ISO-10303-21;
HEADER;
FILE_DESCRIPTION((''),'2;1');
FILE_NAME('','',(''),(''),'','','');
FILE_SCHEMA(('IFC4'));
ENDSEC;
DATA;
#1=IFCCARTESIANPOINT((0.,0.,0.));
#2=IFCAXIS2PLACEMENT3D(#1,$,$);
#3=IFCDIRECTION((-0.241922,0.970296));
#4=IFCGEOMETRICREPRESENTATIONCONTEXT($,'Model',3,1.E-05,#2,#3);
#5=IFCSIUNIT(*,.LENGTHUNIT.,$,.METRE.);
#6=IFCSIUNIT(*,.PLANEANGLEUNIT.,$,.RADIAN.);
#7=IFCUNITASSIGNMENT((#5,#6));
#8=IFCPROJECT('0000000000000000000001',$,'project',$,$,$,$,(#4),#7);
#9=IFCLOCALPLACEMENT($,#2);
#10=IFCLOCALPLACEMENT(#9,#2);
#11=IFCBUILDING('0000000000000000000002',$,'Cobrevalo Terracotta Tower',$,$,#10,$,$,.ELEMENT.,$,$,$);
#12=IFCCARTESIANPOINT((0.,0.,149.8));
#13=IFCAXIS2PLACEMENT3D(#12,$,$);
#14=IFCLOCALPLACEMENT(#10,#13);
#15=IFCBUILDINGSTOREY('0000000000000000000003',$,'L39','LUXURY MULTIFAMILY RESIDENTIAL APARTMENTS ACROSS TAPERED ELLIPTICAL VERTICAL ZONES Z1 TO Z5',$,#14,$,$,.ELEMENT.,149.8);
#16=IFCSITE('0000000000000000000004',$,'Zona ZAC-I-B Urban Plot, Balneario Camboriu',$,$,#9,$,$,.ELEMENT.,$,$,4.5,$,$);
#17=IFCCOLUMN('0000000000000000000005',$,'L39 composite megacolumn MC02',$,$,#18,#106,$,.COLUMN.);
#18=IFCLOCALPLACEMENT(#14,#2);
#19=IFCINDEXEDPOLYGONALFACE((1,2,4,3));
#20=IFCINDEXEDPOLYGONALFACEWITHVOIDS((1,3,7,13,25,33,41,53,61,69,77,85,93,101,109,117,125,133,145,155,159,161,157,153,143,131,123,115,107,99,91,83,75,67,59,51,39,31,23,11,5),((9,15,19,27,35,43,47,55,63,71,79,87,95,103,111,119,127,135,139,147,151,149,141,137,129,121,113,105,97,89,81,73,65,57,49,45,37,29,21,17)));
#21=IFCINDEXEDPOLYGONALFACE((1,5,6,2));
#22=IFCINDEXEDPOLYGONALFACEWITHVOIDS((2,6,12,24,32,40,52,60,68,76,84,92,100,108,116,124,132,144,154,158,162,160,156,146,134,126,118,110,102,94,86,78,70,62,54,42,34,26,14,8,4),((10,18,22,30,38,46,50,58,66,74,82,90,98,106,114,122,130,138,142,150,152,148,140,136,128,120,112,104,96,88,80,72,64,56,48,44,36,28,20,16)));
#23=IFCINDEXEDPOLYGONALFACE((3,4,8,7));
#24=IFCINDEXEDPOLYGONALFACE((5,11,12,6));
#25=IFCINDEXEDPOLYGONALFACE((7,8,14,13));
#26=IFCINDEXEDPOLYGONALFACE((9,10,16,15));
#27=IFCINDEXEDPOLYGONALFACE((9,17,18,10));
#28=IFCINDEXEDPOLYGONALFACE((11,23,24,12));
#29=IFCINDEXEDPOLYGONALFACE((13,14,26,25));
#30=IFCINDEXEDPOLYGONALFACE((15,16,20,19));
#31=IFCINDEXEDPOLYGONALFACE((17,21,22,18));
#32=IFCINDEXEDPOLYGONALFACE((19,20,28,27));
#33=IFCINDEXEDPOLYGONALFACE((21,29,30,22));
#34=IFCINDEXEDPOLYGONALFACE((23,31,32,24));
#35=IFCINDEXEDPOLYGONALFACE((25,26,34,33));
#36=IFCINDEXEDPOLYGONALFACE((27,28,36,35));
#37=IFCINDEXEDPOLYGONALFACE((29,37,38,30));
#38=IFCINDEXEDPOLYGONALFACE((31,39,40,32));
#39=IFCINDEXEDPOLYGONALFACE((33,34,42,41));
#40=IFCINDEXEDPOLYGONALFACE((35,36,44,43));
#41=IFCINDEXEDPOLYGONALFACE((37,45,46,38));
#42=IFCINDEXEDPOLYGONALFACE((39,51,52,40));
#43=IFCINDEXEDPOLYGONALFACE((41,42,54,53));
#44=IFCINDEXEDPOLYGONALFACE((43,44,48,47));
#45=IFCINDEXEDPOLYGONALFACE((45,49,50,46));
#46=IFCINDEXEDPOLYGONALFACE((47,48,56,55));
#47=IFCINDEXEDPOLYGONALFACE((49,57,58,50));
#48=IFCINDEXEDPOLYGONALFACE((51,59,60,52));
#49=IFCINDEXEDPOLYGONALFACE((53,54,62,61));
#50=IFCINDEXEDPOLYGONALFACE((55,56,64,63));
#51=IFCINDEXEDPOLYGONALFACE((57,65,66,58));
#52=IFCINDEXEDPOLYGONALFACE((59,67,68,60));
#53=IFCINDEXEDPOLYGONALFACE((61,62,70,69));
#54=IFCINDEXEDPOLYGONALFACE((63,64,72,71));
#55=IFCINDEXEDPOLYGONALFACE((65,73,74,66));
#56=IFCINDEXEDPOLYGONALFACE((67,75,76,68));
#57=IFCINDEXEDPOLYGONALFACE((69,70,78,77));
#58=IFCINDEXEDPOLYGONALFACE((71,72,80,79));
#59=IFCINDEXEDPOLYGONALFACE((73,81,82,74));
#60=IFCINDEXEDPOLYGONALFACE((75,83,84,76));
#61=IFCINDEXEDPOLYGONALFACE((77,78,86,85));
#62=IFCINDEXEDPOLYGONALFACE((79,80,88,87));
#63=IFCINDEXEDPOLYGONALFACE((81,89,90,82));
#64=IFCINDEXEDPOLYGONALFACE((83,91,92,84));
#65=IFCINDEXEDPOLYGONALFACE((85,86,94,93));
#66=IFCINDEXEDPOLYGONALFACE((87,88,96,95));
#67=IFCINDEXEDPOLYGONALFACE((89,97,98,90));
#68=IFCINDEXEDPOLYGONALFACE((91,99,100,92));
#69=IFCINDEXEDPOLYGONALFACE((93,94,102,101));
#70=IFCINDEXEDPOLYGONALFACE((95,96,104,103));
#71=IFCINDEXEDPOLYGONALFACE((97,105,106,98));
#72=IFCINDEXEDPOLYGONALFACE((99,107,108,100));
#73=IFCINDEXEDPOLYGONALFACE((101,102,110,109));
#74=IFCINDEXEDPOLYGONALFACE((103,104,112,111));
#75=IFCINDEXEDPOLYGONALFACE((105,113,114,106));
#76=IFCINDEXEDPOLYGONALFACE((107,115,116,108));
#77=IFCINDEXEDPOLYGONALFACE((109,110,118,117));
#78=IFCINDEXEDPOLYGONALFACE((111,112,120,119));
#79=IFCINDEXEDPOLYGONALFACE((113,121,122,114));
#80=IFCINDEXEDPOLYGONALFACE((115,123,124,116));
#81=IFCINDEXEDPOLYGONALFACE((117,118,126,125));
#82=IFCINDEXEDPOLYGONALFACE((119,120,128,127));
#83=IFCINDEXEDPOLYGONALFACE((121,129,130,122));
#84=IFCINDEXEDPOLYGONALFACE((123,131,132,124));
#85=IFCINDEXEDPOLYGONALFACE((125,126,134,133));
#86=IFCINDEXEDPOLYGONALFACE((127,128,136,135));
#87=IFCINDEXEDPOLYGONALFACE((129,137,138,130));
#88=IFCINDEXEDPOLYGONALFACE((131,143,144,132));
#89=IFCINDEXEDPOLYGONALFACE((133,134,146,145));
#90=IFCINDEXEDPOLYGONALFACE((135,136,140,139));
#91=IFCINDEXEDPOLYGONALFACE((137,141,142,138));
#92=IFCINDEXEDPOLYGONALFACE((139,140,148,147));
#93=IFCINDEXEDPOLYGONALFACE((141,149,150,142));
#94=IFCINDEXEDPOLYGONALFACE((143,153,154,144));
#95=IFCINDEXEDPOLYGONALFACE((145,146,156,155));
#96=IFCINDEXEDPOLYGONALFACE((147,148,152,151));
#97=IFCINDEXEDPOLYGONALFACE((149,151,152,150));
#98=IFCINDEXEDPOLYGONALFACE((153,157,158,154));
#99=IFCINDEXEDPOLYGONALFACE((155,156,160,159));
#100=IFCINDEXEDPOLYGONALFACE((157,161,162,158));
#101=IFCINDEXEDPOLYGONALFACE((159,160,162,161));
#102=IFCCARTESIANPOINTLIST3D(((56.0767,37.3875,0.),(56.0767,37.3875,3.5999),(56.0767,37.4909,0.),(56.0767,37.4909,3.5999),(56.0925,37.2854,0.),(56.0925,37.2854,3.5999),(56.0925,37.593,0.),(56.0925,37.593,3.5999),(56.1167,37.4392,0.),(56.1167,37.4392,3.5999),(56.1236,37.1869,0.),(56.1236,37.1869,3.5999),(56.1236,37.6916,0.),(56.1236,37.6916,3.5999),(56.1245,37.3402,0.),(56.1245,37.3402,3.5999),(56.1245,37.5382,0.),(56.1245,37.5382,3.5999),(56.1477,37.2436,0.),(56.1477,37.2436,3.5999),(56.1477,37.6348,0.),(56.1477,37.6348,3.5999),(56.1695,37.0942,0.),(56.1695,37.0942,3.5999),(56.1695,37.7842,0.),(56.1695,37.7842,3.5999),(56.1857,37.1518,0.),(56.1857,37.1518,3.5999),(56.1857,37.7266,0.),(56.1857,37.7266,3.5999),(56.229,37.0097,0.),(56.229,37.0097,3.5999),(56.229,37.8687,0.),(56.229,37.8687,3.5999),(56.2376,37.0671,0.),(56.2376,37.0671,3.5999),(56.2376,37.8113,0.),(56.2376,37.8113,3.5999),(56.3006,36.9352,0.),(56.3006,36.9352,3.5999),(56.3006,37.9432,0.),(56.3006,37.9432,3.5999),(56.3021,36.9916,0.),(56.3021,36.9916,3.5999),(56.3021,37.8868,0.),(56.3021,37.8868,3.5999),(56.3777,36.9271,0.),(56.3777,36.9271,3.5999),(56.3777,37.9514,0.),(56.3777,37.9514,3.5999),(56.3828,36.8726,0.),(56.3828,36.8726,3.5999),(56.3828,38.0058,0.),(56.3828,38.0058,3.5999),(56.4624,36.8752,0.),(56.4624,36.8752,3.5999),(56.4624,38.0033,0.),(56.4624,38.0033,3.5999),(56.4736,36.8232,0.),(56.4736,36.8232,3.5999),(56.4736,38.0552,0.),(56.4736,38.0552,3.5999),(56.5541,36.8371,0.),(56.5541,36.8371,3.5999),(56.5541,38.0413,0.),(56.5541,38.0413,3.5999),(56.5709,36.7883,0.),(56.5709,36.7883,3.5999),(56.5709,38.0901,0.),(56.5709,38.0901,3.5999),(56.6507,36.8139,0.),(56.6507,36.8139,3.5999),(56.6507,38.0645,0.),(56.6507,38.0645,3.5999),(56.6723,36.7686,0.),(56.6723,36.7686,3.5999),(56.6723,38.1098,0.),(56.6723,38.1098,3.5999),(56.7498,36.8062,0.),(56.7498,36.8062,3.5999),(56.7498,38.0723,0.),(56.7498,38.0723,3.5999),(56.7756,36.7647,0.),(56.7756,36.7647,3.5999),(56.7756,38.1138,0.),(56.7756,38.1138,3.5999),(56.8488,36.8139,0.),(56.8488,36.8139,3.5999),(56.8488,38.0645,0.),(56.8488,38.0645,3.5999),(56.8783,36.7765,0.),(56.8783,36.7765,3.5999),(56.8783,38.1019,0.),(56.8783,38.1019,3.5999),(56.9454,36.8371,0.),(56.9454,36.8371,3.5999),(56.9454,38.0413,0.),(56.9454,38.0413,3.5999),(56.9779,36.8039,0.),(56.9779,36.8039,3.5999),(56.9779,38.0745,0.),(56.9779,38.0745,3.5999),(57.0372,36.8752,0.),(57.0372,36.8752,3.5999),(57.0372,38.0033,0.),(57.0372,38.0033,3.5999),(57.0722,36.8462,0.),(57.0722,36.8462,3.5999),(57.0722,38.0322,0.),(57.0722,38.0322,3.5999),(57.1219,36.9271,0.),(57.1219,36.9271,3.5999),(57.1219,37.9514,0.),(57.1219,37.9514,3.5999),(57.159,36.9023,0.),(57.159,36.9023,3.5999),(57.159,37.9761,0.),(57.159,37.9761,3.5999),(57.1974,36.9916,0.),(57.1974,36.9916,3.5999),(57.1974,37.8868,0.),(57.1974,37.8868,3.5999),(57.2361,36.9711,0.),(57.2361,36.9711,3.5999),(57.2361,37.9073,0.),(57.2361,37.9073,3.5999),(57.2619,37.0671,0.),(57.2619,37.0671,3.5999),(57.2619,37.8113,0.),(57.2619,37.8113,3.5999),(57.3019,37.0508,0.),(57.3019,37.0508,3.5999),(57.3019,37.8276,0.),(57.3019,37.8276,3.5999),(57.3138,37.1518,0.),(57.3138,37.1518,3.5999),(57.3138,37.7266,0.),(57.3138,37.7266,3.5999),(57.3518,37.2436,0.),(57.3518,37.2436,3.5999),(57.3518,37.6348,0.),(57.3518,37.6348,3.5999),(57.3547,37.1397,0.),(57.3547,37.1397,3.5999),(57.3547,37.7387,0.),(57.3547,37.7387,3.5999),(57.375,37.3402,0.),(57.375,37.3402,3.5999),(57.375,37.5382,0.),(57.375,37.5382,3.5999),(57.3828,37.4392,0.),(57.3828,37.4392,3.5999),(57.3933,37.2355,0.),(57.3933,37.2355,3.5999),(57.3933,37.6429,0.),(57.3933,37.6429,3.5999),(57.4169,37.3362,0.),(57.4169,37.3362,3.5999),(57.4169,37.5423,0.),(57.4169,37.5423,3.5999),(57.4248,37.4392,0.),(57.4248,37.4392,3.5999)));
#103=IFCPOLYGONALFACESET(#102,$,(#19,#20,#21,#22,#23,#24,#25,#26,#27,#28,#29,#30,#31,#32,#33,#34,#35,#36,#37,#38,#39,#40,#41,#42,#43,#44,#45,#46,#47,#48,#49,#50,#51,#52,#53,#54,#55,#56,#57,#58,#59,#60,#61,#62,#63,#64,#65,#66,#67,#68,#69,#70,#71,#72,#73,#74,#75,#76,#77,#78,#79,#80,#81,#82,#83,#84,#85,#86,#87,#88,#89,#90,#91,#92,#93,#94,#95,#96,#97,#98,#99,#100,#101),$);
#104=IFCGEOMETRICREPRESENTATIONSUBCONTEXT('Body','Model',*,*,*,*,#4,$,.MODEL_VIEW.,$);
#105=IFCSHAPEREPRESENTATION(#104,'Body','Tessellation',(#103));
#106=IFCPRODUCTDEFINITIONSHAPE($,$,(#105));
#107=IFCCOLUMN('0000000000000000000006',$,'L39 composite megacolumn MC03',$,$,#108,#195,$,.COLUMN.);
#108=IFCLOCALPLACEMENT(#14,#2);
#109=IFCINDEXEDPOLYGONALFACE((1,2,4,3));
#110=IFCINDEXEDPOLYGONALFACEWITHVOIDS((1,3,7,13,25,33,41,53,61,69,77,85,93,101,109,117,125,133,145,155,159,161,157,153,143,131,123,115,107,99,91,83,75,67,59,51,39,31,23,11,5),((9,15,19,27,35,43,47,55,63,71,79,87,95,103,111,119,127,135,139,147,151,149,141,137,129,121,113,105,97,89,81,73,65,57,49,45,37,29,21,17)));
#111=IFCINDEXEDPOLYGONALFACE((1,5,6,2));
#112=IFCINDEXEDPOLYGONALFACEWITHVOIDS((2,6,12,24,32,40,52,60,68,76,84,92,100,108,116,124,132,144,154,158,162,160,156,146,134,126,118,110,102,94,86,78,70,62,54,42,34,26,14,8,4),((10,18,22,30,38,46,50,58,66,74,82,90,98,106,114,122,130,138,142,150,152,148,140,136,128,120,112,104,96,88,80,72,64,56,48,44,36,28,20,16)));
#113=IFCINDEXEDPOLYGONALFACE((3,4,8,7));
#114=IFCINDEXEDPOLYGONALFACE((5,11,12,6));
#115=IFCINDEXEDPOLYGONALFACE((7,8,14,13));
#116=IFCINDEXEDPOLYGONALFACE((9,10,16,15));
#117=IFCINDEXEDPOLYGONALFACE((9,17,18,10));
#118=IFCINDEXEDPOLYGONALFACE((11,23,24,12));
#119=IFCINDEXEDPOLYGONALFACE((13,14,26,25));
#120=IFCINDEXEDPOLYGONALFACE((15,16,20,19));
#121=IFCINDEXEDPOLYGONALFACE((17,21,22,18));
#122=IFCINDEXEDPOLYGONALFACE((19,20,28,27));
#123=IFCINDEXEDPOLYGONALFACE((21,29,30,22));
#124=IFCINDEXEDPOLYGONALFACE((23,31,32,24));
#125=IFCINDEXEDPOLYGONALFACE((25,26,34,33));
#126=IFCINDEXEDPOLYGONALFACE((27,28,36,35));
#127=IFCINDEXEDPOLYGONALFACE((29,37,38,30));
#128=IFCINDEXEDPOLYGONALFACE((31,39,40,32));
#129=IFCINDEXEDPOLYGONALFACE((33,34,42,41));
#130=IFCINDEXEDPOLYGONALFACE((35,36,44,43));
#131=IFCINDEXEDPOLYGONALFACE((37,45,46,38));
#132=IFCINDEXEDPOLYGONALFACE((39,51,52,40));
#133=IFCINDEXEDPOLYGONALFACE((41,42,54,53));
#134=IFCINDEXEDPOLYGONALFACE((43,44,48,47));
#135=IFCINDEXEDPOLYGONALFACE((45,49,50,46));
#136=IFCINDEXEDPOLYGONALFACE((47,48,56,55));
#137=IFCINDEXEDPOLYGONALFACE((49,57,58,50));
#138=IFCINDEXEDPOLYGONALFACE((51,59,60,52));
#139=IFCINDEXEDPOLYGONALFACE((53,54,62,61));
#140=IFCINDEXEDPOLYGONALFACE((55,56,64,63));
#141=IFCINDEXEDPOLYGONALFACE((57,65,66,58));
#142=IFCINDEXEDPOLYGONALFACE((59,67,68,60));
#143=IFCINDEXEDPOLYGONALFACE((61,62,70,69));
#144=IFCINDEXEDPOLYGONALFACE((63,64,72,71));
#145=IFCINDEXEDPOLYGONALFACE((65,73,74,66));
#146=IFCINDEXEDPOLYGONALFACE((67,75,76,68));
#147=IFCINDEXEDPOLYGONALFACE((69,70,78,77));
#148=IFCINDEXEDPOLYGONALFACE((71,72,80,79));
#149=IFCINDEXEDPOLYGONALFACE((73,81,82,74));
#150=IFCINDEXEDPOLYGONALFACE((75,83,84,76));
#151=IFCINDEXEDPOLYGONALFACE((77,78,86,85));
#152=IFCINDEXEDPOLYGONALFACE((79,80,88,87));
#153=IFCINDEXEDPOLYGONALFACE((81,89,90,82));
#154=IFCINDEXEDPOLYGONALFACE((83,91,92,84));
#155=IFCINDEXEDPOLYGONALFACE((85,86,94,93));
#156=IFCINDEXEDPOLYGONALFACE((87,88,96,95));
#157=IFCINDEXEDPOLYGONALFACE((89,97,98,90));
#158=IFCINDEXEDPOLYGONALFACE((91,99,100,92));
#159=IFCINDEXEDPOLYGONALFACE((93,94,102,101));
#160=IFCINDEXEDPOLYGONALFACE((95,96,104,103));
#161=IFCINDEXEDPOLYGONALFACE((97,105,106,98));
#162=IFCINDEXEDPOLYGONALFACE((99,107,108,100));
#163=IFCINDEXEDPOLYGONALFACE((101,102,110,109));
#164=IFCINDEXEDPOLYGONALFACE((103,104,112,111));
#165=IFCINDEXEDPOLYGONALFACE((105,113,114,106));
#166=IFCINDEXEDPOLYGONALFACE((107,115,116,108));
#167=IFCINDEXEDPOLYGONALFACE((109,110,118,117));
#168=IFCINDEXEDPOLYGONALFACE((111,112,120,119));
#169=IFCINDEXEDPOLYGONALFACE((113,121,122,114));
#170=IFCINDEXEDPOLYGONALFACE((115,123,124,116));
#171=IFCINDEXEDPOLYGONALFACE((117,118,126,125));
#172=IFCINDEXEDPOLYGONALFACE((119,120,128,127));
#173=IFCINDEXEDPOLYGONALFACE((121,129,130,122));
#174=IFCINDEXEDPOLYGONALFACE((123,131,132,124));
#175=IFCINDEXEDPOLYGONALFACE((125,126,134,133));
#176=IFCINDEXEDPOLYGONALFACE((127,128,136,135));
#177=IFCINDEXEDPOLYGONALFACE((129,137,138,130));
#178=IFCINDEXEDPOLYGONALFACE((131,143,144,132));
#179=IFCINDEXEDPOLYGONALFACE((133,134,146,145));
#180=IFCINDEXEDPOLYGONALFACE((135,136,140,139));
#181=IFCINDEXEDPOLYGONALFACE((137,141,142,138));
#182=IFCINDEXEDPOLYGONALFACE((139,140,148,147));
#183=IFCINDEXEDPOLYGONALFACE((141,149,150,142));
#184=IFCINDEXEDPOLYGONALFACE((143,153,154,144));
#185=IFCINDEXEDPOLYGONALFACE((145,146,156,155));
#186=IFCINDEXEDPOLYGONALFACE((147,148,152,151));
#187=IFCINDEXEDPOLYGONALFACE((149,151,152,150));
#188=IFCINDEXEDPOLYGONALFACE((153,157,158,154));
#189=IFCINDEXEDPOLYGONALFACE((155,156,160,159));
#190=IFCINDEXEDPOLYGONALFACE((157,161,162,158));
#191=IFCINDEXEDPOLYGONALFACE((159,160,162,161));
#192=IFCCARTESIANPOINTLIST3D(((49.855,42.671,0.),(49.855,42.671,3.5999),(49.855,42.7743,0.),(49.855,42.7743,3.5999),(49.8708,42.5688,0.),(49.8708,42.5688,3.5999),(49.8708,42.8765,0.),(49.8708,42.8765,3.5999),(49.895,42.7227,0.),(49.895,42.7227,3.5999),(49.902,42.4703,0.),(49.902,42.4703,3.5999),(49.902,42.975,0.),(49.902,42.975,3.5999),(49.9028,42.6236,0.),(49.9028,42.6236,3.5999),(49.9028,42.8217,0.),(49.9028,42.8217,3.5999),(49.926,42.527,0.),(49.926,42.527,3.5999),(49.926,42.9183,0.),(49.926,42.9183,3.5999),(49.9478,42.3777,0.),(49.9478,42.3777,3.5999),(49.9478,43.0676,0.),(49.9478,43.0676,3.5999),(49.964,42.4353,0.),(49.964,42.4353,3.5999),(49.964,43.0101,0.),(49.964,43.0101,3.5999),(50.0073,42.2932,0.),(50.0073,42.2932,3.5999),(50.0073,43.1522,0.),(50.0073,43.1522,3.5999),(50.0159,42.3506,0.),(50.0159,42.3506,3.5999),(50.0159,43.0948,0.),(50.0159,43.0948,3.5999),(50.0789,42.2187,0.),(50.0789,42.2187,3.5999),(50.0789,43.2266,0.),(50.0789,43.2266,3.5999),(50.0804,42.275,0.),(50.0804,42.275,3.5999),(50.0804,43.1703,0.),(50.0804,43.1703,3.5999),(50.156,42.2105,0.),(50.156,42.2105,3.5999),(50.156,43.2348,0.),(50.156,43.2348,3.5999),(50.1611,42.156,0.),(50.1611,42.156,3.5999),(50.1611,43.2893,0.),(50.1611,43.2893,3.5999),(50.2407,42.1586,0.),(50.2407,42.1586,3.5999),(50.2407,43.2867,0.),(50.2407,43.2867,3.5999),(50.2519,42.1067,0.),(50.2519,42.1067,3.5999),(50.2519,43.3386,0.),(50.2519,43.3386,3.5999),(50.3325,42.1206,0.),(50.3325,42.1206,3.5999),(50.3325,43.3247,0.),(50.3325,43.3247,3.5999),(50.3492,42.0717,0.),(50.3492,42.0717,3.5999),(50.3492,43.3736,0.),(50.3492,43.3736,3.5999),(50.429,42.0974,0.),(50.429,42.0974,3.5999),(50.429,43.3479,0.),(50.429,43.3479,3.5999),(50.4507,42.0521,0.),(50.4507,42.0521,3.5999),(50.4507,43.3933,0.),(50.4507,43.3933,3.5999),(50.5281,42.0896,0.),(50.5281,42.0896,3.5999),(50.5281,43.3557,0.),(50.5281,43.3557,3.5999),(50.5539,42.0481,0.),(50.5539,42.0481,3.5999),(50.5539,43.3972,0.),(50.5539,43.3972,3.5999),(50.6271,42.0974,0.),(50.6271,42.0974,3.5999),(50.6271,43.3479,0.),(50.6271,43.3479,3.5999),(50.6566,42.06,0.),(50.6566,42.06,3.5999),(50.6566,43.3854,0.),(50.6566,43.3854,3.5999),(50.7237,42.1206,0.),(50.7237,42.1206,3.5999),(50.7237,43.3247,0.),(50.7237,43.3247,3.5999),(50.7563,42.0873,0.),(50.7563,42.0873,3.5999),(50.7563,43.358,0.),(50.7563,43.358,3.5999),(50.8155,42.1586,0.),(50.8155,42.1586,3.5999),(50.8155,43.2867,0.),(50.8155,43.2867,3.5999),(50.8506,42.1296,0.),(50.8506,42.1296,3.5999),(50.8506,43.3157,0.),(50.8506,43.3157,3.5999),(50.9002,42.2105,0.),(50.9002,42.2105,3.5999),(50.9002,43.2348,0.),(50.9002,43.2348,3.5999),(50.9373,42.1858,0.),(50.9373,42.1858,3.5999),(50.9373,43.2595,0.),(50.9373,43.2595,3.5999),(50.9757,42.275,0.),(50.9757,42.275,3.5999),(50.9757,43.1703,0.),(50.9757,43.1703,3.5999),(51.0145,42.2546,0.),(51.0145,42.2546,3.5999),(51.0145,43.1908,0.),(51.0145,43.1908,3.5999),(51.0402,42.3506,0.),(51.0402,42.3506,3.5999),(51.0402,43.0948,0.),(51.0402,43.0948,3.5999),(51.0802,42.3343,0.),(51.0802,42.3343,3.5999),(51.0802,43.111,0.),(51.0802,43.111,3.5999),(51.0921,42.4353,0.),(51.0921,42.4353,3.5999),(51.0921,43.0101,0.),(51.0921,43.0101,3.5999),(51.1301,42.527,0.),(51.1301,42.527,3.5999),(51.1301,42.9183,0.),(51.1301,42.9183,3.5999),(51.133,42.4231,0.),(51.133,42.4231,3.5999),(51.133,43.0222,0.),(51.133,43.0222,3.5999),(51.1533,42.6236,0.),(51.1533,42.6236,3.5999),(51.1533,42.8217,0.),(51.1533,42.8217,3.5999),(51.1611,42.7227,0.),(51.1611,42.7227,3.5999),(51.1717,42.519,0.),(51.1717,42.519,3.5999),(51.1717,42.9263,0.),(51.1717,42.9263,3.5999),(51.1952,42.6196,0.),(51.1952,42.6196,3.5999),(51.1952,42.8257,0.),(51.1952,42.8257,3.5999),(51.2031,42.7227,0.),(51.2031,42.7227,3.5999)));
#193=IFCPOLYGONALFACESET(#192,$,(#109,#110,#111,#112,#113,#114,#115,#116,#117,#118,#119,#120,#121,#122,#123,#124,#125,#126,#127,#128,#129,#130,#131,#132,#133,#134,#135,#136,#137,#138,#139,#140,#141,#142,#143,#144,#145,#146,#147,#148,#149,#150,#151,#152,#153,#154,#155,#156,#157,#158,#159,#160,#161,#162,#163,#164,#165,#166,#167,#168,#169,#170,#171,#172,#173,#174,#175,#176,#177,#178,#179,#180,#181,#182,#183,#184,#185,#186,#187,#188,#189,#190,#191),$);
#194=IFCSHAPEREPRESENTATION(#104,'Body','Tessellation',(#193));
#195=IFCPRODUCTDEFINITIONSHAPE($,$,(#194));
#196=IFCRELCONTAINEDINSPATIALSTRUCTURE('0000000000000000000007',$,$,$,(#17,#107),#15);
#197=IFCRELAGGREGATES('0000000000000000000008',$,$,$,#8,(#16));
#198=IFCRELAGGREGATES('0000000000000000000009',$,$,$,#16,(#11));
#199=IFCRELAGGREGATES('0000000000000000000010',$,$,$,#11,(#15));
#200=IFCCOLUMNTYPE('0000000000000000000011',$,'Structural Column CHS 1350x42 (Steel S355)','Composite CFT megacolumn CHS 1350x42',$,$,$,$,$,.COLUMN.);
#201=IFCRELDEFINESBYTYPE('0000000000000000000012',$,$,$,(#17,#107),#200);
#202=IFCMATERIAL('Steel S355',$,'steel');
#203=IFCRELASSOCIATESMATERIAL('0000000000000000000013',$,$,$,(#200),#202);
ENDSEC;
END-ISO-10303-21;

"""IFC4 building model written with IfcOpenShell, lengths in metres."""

from ifc_helpers import new_model, si_unit, direction, frame, origin, origin_2d, place, context, subcontext, project, spatial, hollow_circle, extrude, material, material_profile, profile_set, type_object, element, save


model = new_model("IFC4")

# Units and contexts
model_context = context("Model", 3, precision=1e-05, world=origin(), true_north=direction((-0.241922, 0.970296)))
body_context = subcontext(model_context, "Body", "Model", "MODEL_VIEW")
ifc_project = project(units=[si_unit("LENGTHUNIT", "METRE"), si_unit("PLANEANGLEUNIT", "RADIAN")], contexts=[model_context])

# Site, building, storey
site_placement = place(None, origin())
site = spatial("IfcSite", under=ifc_project, at=site_placement, Name="Zona ZAC-I-B Urban Plot, Balneario Camboriu", CompositionType="ELEMENT", RefElevation=4.5)
building_placement = place(site_placement, origin())
building = spatial("IfcBuilding", under=site, at=building_placement, Name="Cobrevalo Terracotta Tower", CompositionType="ELEMENT")
storey_placement = place(building_placement, frame((0.0, 0.0, 149.8)))
storey = spatial("IfcBuildingStorey", under=building, at=storey_placement, Name="L39", Description="LUXURY MULTIFAMILY RESIDENTIAL APARTMENTS ACROSS TAPERED ELLIPTICAL VERTICAL ZONES Z1 TO Z5", CompositionType="ELEMENT", Elevation=149.8)

# Columns
ifc_material_1 = material(Name="Steel S355", Category="steel")
ifc_material_profile_1 = material_profile(ifc_material_1, hollow_circle(Radius=0.675, WallThickness=0.042, at=origin_2d()), Name="CHS 1350x42")
ifc_profile_set_1 = profile_set([ifc_material_profile_1], Name="Steel S355")
column_type = type_object("IfcColumnType", Name="Structural Column CHS 1350x42 (Steel S355)", Description="Composite CFT megacolumn CHS 1350x42", PredefinedType="COLUMN", material=ifc_profile_set_1)
for number, where, z_axis, x_axis, name in (
    (1, (56.7498, 37.4392, 0.0), (0.0, 0.0, 1.0), (1.0, 0.0, 0.0), "L39 composite megacolumn MC02"),
    (2, (50.5281, 42.7227, 0.0), (0.0, 0.0, 1.0), (1.0, 0.0, 0.0), "L39 composite megacolumn MC03"),
):
    element("IfcColumn", number, at=place(storey_placement, frame(where, z_axis=z_axis, x_axis=x_axis)), inside=storey, type_object=column_type, Name=name, PredefinedType="COLUMN", context=body_context, shape_type="SweptSolid", body=[
        extrude(hollow_circle(Radius=0.675, WallThickness=0.042, at=origin_2d()), origin(), (0.0, 0.0, 1.0), 3.5999),
    ])

save(model, "model.ifc")
